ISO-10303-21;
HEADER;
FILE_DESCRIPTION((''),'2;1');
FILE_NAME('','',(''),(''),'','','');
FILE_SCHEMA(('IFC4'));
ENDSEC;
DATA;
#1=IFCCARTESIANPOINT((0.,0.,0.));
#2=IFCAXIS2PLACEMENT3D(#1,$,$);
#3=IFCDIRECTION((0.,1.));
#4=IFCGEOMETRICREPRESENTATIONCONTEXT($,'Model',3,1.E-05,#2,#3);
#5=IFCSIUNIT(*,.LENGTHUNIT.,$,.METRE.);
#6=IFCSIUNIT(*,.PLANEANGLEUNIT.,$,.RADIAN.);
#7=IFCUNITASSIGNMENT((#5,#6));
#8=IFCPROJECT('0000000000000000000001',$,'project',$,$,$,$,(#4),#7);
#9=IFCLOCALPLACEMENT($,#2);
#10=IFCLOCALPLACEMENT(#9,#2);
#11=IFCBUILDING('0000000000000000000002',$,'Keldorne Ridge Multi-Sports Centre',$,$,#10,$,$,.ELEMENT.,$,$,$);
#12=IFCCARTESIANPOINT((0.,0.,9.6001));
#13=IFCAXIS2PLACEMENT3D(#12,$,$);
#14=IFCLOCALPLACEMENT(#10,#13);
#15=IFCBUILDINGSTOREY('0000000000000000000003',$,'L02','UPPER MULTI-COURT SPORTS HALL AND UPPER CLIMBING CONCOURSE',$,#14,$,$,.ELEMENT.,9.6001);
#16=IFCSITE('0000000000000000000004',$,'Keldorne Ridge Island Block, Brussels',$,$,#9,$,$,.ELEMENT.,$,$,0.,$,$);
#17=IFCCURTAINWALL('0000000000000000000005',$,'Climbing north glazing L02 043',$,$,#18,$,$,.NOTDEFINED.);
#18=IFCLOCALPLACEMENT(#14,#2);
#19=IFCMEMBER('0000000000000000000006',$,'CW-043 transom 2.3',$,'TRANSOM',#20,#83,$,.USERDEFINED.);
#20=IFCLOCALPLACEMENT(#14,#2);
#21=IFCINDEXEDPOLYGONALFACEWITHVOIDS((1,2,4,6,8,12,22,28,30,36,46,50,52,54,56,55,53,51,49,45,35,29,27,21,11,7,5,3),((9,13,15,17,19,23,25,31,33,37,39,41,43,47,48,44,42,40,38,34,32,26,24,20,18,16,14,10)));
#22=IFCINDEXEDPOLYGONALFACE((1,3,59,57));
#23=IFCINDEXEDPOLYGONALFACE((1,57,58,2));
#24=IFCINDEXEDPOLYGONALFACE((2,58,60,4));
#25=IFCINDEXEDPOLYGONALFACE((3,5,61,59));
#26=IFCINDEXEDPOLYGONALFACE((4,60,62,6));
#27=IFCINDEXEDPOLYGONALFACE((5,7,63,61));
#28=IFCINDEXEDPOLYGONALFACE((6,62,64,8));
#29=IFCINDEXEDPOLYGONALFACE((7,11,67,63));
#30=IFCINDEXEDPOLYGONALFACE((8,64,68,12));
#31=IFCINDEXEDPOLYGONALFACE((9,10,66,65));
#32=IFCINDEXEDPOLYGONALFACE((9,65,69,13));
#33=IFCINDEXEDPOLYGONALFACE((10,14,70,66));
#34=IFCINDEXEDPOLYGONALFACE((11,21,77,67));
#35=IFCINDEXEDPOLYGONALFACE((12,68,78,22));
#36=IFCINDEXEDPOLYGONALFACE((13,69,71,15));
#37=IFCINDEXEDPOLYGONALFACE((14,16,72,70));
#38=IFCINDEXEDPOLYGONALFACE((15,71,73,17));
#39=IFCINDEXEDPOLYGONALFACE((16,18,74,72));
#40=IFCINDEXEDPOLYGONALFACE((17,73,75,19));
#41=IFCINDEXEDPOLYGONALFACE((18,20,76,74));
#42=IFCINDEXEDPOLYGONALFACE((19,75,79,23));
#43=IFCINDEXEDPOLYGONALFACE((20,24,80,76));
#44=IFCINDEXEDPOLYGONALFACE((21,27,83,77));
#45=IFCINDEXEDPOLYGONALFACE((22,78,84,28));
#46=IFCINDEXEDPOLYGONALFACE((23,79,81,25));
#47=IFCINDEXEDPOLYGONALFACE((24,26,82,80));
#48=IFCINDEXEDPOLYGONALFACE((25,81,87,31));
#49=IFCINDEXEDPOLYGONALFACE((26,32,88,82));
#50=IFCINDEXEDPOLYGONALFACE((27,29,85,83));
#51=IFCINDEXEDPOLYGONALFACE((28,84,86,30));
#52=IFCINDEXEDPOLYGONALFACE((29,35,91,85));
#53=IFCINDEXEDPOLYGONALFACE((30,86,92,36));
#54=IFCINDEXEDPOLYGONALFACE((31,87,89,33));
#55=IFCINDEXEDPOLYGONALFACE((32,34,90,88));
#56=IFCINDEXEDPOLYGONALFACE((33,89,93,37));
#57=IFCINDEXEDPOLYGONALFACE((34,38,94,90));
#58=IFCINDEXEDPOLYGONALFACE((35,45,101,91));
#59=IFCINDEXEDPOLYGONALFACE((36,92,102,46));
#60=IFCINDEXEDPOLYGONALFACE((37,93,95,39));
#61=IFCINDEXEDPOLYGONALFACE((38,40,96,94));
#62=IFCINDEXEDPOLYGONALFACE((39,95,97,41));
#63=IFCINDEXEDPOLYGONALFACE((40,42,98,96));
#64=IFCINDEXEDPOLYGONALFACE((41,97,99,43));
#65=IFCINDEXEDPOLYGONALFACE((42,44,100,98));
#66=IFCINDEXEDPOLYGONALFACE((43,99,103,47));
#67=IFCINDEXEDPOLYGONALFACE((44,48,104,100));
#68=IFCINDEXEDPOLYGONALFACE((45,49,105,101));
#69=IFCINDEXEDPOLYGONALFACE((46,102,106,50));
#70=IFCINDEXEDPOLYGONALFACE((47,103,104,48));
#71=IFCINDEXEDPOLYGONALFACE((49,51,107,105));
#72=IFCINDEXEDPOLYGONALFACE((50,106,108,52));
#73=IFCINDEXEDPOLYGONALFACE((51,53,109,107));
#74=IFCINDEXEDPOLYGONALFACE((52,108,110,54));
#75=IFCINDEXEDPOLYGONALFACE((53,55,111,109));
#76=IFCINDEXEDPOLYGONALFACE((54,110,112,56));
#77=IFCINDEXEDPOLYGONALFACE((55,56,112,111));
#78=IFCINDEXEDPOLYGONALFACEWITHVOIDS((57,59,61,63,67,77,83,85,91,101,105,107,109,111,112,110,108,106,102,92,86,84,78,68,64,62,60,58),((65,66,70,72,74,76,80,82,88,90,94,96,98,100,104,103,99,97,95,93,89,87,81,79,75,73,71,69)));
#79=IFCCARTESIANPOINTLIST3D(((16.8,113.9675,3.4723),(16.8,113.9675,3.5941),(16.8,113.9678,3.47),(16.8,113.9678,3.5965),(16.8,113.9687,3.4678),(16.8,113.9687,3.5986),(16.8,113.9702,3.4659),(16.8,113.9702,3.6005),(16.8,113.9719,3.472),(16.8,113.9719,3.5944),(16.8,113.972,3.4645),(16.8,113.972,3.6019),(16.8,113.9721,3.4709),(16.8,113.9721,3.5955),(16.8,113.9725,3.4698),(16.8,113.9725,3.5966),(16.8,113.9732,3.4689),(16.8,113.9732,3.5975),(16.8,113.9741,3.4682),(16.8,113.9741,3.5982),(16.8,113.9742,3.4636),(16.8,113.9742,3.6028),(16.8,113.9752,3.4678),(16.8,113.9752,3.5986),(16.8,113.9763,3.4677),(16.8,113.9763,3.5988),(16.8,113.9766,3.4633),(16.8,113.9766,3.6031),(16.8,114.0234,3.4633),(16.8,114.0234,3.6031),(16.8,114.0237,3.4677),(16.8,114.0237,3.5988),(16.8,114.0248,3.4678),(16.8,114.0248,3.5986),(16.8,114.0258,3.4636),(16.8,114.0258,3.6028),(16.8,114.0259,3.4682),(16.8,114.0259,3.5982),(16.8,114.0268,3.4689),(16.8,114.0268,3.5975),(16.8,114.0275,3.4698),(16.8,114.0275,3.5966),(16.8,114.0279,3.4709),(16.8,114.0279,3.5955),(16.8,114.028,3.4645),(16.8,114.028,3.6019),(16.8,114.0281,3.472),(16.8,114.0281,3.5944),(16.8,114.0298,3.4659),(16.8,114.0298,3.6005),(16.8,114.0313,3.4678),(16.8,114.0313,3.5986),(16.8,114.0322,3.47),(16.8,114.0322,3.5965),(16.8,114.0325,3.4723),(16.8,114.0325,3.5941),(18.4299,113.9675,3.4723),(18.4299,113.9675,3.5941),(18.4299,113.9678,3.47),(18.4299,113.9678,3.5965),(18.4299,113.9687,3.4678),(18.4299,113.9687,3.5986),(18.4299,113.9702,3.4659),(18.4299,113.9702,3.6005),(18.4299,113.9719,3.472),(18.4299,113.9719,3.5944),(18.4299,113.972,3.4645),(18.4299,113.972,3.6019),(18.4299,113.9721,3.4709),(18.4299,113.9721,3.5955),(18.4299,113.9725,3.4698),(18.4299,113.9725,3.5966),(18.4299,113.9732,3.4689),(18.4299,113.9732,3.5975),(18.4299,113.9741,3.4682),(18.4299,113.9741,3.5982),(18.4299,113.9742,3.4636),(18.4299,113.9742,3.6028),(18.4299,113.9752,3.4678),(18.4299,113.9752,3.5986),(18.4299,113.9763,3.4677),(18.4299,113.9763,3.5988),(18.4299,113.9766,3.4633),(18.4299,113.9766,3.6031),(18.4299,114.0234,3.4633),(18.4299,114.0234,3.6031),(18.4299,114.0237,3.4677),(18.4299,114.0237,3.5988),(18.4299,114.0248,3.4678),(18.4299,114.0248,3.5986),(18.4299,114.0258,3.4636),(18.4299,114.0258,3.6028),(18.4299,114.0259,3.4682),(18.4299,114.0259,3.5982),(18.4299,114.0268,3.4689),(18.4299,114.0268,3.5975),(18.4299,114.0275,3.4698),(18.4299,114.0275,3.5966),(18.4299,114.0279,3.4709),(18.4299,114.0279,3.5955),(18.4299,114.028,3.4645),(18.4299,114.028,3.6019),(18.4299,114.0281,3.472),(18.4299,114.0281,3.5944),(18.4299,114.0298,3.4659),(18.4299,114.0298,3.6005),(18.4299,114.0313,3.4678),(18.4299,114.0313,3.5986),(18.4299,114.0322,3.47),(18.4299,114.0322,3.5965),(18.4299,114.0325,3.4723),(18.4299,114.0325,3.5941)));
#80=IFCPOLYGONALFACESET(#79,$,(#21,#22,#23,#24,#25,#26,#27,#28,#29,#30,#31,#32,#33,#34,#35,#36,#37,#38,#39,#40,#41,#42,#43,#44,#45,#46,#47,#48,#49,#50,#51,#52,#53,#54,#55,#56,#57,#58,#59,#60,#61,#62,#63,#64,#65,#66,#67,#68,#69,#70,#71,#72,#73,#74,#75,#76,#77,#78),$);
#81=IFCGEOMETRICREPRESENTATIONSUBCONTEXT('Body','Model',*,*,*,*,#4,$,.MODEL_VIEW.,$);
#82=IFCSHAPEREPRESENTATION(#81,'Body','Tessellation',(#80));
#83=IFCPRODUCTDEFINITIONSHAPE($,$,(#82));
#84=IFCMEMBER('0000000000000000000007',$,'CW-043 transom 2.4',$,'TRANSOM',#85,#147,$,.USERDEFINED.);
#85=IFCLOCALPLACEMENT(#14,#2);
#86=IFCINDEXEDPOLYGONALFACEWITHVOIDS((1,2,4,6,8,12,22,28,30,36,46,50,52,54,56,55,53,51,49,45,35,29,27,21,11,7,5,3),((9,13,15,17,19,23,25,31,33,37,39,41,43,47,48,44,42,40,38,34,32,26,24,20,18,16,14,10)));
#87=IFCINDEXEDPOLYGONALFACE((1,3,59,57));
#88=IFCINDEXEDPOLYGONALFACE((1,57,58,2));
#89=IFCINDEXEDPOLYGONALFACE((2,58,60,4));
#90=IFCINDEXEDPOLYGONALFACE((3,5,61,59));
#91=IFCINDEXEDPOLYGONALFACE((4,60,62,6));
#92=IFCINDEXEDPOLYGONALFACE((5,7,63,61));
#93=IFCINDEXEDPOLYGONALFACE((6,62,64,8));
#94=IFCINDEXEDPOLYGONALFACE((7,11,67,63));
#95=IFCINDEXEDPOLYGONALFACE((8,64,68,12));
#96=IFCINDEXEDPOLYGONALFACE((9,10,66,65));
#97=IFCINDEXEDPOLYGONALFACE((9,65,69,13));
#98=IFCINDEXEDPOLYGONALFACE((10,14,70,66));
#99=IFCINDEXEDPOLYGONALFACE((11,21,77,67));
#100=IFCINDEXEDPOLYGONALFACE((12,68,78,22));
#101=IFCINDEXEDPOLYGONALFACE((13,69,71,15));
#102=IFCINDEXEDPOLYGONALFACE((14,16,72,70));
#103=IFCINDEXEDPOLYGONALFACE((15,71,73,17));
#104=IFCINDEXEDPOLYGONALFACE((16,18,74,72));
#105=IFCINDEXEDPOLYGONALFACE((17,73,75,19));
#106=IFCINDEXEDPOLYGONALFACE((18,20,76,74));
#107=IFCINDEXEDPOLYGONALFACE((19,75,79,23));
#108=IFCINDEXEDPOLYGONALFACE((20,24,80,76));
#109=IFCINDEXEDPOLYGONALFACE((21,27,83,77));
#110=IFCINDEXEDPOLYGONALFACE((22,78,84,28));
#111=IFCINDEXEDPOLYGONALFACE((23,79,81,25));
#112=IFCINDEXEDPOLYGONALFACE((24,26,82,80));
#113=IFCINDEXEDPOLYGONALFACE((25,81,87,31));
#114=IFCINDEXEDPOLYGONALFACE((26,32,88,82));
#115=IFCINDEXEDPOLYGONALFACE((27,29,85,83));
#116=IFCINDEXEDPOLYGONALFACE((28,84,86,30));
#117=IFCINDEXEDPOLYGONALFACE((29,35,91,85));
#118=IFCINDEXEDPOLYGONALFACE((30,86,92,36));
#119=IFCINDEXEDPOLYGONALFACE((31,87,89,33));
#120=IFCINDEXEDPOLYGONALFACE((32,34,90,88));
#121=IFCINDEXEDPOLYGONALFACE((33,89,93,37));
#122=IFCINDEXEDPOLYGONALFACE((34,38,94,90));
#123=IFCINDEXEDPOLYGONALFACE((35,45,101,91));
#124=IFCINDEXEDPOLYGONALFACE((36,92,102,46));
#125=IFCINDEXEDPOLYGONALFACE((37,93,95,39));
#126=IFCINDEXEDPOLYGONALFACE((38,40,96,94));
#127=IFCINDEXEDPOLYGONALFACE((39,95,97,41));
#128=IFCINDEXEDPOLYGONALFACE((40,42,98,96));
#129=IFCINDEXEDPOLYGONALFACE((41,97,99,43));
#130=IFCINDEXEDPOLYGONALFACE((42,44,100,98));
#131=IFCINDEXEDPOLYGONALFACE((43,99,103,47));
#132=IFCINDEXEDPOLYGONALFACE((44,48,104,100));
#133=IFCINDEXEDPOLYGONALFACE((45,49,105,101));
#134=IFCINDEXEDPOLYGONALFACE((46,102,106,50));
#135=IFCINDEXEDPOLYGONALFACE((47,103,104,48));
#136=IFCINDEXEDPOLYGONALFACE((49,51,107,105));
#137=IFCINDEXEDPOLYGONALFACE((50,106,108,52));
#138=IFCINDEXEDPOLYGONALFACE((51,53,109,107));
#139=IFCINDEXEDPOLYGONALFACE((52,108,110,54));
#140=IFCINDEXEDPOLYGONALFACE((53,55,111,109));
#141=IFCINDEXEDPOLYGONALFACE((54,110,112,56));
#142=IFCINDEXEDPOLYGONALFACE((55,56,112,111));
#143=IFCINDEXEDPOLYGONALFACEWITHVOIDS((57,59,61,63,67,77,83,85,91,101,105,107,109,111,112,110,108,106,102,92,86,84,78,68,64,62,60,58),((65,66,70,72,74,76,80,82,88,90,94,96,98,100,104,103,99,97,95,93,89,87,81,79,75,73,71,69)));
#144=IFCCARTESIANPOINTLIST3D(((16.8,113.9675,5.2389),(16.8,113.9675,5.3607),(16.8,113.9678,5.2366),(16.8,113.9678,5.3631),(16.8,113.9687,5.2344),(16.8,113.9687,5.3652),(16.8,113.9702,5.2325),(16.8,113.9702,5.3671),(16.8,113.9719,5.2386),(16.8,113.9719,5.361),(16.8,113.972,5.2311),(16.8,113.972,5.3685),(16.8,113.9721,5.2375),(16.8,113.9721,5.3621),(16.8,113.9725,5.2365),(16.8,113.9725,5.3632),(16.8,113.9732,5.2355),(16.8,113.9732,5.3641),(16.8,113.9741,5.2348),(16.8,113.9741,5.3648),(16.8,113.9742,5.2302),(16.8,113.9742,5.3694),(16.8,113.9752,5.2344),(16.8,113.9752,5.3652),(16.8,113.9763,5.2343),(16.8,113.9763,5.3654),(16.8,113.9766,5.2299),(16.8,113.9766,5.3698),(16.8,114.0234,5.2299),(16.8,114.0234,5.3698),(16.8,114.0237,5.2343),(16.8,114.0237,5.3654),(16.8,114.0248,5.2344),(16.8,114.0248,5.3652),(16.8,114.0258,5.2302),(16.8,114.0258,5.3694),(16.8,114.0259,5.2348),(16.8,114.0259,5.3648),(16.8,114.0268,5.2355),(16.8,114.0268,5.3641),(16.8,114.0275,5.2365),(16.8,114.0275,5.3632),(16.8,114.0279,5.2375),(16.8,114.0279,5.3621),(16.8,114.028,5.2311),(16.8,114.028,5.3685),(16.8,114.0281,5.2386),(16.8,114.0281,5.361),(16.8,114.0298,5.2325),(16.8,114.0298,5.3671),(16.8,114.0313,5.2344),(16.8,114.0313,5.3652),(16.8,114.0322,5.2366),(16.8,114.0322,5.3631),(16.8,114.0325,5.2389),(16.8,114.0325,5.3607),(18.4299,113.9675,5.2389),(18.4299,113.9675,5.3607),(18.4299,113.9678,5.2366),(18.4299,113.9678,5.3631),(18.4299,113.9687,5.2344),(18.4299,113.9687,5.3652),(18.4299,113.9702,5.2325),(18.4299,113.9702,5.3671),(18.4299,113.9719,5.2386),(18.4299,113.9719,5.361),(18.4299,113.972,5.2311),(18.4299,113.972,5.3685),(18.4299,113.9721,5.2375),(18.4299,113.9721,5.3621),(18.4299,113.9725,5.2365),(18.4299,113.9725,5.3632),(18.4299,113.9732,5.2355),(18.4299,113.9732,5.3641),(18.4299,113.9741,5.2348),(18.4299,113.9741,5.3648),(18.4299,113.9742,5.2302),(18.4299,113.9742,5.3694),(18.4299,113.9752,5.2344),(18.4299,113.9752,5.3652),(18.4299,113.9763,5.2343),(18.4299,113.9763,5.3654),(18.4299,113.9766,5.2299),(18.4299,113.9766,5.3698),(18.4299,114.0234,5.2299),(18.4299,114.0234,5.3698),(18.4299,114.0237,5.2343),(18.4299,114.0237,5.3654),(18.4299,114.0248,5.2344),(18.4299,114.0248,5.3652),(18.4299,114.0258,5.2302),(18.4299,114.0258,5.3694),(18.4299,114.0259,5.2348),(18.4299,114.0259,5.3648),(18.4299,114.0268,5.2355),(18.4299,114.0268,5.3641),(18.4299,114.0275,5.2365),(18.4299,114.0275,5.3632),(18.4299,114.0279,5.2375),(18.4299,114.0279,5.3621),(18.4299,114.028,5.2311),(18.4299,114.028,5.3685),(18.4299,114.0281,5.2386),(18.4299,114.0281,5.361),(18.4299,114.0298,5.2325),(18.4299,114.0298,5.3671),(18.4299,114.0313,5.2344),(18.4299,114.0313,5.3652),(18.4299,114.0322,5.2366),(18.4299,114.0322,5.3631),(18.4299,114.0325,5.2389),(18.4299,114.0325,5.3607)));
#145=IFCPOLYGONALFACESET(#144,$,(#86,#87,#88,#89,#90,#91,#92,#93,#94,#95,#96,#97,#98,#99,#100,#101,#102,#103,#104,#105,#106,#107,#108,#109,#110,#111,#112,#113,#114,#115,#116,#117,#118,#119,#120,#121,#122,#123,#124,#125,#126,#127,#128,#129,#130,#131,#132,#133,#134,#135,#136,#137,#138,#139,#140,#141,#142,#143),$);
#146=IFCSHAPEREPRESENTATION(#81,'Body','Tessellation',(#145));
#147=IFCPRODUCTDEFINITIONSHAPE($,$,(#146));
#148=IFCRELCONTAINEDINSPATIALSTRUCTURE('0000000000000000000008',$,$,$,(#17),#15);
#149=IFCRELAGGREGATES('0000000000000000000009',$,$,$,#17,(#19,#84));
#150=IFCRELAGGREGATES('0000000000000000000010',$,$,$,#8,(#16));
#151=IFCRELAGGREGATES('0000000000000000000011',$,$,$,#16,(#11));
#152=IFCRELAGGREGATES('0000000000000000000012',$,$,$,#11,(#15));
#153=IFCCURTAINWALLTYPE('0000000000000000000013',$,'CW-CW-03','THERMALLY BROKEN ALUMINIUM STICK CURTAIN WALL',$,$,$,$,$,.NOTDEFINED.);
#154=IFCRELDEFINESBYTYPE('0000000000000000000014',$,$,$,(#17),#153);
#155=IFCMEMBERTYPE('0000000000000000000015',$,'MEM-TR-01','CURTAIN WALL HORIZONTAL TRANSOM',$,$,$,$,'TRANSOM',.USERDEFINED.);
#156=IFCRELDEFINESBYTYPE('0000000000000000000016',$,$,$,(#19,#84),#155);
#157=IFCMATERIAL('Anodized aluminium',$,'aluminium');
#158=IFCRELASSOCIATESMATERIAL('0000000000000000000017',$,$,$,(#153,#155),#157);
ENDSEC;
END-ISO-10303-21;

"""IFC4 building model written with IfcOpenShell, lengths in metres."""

from ifc_helpers import new_model, si_unit, direction, frame, origin, origin_2d, place, context, subcontext, project, spatial, hollow_rectangle, extrude, material, material_profile, profile_set, type_object, element, aggregate, save


model = new_model("IFC4")

# Units and contexts
model_context = context("Model", 3, precision=1e-05, world=origin(), true_north=direction((0.0, 1.0)))
body_context = subcontext(model_context, "Body", "Model", "MODEL_VIEW")
ifc_project = project(units=[si_unit("LENGTHUNIT", "METRE"), si_unit("PLANEANGLEUNIT", "RADIAN")], contexts=[model_context])

# Site, building, storey
site_placement = place(None, origin())
site = spatial("IfcSite", under=ifc_project, at=site_placement, Name="Keldorne Ridge Island Block, Brussels", CompositionType="ELEMENT", RefElevation=0.0)
building_placement = place(site_placement, origin())
building = spatial("IfcBuilding", under=site, at=building_placement, Name="Keldorne Ridge Multi-Sports Centre", CompositionType="ELEMENT")
storey_placement = place(building_placement, frame((0.0, 0.0, 9.6001)))
storey = spatial("IfcBuildingStorey", under=building, at=storey_placement, Name="L02", Description="UPPER MULTI-COURT SPORTS HALL AND UPPER CLIMBING CONCOURSE", CompositionType="ELEMENT", Elevation=9.6001)

# Curtain wall
ifc_material_1 = material(Name="Anodized aluminium", Category="aluminium")
curtain_wall_type = type_object("IfcCurtainWallType", Name="CW-CW-03", Description="THERMALLY BROKEN ALUMINIUM STICK CURTAIN WALL", PredefinedType="NOTDEFINED", material=ifc_material_1)
curtain_wall_placement = place(storey_placement, origin())
curtain_wall = element("IfcCurtainWall", 1, at=curtain_wall_placement, inside=storey, type_object=curtain_wall_type, Name="Climbing north glazing L02 043", PredefinedType="NOTDEFINED")

# Members
ifc_material_profile_1 = material_profile(ifc_material_1, hollow_rectangle(XDim=0.0649, YDim=0.1399, WallThickness=0.0044, InnerFilletRadius=0.0044, OuterFilletRadius=0.009, at=origin_2d()), Name="ALU TRANSOM 140x65x4.5")
ifc_profile_set_1 = profile_set([ifc_material_profile_1], Name="Anodized aluminium")
member_type_1 = type_object("IfcMemberType", Name="MEM-TR-01", Description="CURTAIN WALL HORIZONTAL TRANSOM", ElementType="TRANSOM", PredefinedType="USERDEFINED", material=ifc_profile_set_1)
member_1_placement = place(storey_placement, frame((18.4299, 114.0, 3.5332), z_axis=(-1.0, 0.0, 0.0), x_axis=(0.0, -1.0, 0.0)))
member_1 = element("IfcMember", 2, at=member_1_placement, type_object=member_type_1, Name="CW-043 transom 2.3", ObjectType="TRANSOM", PredefinedType="USERDEFINED", context=body_context, shape_type="SweptSolid", body=[
    extrude(hollow_rectangle(XDim=0.0649, YDim=0.1399, WallThickness=0.0044, InnerFilletRadius=0.0044, OuterFilletRadius=0.009, at=origin_2d()), origin(), (0.0, 0.0, 1.0), 1.6299),
])
member_2_placement = place(storey_placement, frame((18.4299, 114.0, 5.2998), z_axis=(-1.0, 0.0, 0.0), x_axis=(0.0, -1.0, 0.0)))
member_2 = element("IfcMember", 3, at=member_2_placement, type_object=member_type_1, Name="CW-043 transom 2.4", ObjectType="TRANSOM", PredefinedType="USERDEFINED", context=body_context, shape_type="SweptSolid", body=[
    extrude(hollow_rectangle(XDim=0.0649, YDim=0.1399, WallThickness=0.0044, InnerFilletRadius=0.0044, OuterFilletRadius=0.009, at=origin_2d()), origin(), (0.0, 0.0, 1.0), 1.6299),
])

aggregate(curtain_wall, [member_1, member_2])

save(model, "model.ifc")
